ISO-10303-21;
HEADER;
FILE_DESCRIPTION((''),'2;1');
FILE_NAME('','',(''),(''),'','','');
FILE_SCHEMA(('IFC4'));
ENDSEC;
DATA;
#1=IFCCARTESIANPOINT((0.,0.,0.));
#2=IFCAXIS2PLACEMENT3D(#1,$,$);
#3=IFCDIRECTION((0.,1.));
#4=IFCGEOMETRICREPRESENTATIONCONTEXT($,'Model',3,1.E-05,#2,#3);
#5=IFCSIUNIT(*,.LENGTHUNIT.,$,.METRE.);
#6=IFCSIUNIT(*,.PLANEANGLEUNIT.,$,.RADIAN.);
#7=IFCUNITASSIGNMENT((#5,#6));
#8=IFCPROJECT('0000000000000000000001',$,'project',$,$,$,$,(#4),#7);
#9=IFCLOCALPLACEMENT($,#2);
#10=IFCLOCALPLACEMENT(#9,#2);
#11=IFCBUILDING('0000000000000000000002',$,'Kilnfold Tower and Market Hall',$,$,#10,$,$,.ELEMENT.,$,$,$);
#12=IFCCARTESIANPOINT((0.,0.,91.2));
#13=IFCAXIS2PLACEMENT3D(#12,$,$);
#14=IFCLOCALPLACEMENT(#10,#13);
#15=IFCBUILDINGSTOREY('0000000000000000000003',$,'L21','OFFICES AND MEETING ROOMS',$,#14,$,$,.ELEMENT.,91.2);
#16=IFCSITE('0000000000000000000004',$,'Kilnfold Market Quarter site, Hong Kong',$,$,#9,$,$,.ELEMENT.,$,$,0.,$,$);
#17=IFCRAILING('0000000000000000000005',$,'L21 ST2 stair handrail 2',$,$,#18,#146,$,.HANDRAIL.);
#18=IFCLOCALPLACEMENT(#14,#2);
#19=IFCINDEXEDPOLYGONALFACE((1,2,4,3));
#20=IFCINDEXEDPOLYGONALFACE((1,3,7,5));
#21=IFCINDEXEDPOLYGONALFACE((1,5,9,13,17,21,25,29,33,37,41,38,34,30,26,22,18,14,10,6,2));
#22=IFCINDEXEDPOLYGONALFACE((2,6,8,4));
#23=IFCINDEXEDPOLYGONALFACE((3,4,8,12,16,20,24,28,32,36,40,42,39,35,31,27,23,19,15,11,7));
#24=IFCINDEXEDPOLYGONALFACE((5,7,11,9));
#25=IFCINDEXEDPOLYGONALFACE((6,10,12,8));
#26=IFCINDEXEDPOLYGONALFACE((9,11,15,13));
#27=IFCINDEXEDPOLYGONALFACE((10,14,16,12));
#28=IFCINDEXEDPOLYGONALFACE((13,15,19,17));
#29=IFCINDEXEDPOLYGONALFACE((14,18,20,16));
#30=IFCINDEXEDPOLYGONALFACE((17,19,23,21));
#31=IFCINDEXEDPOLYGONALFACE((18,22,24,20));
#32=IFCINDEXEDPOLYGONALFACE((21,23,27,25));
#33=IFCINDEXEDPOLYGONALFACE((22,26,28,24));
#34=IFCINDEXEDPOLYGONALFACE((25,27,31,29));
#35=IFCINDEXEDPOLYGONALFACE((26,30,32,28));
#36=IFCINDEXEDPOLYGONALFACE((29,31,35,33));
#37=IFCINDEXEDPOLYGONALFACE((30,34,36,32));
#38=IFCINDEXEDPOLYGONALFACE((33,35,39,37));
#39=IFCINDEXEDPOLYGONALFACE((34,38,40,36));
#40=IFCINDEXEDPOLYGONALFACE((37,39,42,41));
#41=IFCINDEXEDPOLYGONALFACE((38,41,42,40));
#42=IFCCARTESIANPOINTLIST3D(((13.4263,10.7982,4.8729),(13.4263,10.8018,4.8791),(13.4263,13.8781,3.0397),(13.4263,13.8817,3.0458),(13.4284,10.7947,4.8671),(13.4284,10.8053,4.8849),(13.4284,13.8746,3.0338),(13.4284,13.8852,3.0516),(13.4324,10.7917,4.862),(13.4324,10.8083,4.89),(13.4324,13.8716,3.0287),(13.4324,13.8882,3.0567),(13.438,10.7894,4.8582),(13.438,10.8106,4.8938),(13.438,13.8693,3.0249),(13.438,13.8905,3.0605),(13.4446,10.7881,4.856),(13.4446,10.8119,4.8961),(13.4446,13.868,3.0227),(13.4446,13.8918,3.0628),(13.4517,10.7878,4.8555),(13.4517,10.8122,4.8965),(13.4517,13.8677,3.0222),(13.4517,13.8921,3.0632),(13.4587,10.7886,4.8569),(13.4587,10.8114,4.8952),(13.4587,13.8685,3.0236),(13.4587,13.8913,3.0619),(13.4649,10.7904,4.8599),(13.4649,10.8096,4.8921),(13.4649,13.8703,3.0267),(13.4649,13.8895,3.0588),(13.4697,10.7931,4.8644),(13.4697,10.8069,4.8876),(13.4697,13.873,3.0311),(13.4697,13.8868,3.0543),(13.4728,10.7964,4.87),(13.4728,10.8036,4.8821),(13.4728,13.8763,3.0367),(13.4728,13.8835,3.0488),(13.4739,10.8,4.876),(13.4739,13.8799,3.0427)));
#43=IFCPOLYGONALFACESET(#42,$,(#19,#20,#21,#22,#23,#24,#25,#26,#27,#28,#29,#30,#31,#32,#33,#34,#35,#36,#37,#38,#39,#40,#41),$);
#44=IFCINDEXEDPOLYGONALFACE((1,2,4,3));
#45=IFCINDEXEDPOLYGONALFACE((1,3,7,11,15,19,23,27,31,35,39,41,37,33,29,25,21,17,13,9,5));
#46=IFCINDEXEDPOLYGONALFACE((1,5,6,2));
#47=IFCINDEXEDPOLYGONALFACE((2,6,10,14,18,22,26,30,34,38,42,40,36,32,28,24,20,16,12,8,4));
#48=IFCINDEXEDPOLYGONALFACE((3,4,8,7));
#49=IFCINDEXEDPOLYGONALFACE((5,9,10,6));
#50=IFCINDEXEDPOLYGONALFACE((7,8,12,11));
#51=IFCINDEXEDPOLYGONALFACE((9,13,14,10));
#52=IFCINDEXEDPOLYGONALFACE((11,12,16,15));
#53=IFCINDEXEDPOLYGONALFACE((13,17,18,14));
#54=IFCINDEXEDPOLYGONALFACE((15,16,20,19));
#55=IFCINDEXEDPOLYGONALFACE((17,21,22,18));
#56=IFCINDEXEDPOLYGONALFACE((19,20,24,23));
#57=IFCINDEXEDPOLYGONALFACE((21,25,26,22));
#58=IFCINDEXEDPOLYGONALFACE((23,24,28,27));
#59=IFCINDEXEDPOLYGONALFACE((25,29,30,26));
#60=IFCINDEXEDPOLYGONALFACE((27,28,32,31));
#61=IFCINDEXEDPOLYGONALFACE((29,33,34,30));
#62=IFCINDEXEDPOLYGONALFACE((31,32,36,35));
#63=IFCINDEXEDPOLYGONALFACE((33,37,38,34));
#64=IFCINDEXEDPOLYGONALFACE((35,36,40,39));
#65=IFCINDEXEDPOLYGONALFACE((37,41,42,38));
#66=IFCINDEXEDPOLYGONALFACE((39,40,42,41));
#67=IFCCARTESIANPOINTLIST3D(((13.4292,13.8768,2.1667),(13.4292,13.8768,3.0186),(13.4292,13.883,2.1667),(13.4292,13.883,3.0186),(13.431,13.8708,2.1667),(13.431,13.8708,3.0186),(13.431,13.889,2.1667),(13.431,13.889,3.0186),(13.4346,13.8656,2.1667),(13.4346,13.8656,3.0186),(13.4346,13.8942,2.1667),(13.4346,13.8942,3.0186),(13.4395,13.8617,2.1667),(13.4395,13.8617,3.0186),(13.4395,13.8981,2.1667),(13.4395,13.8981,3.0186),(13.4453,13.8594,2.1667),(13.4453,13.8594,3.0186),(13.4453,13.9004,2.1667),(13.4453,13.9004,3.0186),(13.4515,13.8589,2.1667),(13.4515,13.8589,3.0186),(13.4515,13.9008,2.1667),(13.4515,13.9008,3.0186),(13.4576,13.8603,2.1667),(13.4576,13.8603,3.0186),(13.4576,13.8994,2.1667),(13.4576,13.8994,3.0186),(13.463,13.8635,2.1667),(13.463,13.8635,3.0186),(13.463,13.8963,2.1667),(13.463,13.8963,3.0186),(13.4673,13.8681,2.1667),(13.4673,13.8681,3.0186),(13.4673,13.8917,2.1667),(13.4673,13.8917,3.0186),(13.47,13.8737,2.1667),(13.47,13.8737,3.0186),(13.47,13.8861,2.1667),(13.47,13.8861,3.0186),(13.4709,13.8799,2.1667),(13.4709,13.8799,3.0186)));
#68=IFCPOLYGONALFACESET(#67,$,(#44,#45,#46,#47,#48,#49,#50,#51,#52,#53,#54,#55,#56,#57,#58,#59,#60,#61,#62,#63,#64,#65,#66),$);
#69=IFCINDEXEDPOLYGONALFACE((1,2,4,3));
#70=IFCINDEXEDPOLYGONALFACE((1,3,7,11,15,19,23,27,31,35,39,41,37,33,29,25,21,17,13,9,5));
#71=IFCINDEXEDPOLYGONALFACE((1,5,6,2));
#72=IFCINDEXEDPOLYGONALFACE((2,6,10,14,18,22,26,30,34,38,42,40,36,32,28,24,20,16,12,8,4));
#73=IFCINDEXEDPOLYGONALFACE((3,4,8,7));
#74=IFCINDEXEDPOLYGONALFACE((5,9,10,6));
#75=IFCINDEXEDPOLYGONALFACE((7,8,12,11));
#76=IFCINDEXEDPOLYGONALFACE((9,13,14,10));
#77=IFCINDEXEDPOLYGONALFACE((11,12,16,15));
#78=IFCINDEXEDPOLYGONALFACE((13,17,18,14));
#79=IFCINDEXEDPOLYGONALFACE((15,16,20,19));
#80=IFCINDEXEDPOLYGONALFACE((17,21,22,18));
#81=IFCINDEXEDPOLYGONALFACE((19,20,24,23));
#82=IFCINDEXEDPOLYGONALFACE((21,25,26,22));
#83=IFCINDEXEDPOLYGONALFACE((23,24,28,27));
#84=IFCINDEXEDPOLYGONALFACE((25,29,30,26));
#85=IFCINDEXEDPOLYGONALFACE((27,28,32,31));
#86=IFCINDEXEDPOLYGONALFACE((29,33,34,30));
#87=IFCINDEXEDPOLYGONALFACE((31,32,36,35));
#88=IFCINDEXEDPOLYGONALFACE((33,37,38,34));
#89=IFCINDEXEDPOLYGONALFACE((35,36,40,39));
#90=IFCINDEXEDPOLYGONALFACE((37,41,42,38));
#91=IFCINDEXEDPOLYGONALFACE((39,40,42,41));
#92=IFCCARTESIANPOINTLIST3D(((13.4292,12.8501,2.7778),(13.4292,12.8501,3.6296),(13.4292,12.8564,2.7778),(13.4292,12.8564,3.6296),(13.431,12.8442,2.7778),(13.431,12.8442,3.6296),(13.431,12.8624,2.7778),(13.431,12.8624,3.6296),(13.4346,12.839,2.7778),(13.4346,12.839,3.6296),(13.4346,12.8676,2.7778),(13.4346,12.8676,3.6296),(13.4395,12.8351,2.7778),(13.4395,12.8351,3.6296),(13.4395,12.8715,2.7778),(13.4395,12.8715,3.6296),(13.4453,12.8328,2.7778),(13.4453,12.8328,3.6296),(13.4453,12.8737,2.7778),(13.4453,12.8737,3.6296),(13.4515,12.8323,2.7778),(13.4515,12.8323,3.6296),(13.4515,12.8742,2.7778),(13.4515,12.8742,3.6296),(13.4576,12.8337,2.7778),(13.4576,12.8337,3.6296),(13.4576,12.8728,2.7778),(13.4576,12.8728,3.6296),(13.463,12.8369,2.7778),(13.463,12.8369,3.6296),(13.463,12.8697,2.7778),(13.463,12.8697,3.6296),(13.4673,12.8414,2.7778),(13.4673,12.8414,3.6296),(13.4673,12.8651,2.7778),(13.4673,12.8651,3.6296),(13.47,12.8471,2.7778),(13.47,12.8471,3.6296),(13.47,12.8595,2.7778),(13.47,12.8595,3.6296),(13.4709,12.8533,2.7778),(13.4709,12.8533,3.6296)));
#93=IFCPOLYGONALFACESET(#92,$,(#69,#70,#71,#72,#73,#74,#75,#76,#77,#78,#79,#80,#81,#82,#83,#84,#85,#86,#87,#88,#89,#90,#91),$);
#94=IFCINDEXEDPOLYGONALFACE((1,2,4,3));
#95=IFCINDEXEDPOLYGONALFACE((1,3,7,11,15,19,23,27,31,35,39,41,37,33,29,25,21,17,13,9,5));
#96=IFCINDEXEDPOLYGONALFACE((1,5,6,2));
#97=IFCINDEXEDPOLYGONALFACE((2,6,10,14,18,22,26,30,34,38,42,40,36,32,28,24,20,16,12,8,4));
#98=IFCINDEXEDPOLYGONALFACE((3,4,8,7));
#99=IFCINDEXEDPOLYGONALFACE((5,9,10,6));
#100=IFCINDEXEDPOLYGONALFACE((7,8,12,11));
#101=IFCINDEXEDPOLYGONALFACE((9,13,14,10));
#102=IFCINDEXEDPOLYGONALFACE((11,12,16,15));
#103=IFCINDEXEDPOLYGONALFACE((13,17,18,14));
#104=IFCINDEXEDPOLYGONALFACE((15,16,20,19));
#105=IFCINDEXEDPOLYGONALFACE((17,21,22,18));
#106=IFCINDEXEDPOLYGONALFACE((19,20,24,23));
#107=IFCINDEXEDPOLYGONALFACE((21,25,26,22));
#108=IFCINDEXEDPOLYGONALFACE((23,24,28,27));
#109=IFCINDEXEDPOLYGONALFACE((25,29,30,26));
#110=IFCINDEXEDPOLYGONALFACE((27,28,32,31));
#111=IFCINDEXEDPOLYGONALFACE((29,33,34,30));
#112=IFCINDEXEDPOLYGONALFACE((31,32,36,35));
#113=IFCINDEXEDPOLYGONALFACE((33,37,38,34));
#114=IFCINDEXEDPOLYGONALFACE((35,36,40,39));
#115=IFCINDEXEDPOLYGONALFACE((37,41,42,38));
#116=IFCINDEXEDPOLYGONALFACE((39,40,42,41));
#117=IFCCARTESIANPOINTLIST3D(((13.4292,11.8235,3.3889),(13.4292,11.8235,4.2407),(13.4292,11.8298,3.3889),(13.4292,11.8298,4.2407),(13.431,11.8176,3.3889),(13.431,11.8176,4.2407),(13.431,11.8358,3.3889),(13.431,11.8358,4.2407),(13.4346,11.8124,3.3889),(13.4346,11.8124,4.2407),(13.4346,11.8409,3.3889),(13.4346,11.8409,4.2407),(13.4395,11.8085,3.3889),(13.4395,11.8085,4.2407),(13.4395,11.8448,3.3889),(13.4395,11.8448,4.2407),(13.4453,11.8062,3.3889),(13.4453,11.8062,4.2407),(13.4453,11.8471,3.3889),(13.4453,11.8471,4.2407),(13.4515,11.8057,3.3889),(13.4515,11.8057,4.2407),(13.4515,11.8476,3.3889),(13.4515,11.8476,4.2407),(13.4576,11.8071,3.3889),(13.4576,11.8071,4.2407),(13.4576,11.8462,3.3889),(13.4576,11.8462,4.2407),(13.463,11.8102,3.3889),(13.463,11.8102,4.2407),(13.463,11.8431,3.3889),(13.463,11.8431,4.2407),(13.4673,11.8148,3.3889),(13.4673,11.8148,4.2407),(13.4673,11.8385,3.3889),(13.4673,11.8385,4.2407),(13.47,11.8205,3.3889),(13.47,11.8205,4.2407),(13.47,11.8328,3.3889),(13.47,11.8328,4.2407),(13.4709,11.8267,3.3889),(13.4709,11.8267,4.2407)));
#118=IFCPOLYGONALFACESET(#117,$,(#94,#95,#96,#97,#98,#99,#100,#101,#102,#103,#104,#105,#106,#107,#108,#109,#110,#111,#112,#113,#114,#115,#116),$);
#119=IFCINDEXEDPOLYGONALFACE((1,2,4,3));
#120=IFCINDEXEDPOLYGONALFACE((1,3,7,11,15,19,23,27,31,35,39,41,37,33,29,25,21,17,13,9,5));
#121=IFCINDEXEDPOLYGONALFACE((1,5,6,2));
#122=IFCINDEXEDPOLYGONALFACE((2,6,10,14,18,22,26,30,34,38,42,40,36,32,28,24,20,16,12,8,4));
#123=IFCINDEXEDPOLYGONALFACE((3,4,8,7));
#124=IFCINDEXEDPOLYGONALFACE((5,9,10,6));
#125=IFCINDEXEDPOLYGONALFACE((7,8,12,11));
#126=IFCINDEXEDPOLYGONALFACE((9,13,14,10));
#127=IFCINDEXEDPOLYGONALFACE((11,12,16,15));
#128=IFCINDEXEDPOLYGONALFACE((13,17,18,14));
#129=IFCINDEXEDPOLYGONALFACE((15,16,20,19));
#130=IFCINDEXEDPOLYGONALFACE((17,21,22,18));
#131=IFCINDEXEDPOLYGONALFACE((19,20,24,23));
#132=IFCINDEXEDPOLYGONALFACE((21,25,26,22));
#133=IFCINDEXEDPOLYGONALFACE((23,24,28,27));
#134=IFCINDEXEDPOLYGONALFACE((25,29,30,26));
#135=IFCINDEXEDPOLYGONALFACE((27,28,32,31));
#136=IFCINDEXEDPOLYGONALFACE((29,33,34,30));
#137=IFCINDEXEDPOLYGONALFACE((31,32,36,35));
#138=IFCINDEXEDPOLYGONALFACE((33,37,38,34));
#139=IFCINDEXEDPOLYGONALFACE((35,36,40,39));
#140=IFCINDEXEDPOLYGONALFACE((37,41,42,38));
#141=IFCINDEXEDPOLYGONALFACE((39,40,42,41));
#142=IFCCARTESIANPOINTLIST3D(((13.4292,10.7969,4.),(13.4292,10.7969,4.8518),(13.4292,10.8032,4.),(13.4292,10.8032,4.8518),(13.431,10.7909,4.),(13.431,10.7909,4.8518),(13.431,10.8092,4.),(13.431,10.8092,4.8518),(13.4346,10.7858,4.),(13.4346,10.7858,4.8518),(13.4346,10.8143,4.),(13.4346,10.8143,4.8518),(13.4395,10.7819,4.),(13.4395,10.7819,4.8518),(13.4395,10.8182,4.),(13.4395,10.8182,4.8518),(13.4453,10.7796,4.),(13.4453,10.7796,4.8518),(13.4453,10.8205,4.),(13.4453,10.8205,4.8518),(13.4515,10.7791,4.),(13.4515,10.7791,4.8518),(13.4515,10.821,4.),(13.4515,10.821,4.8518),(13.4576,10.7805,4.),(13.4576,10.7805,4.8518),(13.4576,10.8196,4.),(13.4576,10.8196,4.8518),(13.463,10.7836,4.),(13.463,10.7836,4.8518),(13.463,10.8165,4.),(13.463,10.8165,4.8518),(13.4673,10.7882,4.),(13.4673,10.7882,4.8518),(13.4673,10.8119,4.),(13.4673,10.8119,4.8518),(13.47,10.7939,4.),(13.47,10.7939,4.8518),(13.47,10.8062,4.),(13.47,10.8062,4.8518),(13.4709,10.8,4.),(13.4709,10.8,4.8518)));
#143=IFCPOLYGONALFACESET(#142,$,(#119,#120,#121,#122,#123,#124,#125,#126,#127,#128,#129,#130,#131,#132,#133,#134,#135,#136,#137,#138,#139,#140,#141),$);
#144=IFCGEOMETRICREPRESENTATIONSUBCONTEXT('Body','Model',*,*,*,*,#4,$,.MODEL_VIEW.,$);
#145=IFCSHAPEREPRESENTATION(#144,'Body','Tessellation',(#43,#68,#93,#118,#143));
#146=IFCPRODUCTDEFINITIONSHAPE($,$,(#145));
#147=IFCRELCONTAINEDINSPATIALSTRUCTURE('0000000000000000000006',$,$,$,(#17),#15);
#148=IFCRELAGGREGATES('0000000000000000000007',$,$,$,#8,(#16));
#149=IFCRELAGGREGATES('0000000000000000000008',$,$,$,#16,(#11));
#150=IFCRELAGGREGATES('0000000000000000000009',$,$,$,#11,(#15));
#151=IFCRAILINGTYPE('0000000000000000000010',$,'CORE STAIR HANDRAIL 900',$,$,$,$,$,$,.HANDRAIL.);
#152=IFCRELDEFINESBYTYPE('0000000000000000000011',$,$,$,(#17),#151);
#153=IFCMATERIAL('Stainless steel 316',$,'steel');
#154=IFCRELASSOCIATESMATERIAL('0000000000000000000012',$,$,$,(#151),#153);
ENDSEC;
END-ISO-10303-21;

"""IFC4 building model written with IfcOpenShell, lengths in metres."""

from ifc_helpers import new_model, si_unit, direction, frame, origin, origin_2d, place, context, subcontext, project, spatial, circle, extrude, material, type_object, element, save


model = new_model("IFC4")

# Units and contexts
model_context = context("Model", 3, precision=1e-05, world=origin(), true_north=direction((0.0, 1.0)))
body_context = subcontext(model_context, "Body", "Model", "MODEL_VIEW")
ifc_project = project(units=[si_unit("LENGTHUNIT", "METRE"), si_unit("PLANEANGLEUNIT", "RADIAN")], contexts=[model_context])

# Site, building, storey
site_placement = place(None, origin())
site = spatial("IfcSite", under=ifc_project, at=site_placement, Name="Kilnfold Market Quarter site, Hong Kong", CompositionType="ELEMENT", RefElevation=0.0)
building_placement = place(site_placement, origin())
building = spatial("IfcBuilding", under=site, at=building_placement, Name="Kilnfold Tower and Market Hall", CompositionType="ELEMENT")
storey_placement = place(building_placement, frame((0.0, 0.0, 91.2)))
storey = spatial("IfcBuildingStorey", under=building, at=storey_placement, Name="L21", Description="OFFICES AND MEETING ROOMS", CompositionType="ELEMENT", Elevation=91.2)

# Railing
ifc_material_1 = material(Name="Stainless steel 316", Category="steel")
railing_type_1 = type_object("IfcRailingType", Name="CORE STAIR HANDRAIL 900", PredefinedType="HANDRAIL", material=ifc_material_1)
railing_1_placement = place(storey_placement, frame((13.45, 13.8799, 2.1667)))
element("IfcRailing", 1, at=railing_1_placement, inside=storey, type_object=railing_type_1, Name="L21 ST2 stair handrail 2", PredefinedType="HANDRAIL", context=body_context, shape_type="SweptSolid", body=[
    extrude(circle(Radius=0.0239, at=origin_2d()), frame((0.0, 0.0, 0.876), z_axis=(0.0, -0.859291, 0.511487), x_axis=(1.0, 0.0, 0.0)), (0.0, 0.0, 1.0), 3.5842),
    extrude(circle(Radius=0.021, at=origin_2d()), origin(), (0.0, 0.0, 1.0), 0.8518),
    extrude(circle(Radius=0.021, at=origin_2d()), frame((0.0, -1.0266, 0.6111)), (0.0, 0.0, 1.0), 0.8518),
    extrude(circle(Radius=0.021, at=origin_2d()), frame((0.0, -2.0532, 1.2222)), (0.0, 0.0, 1.0), 0.8518),
    extrude(circle(Radius=0.021, at=origin_2d()), frame((0.0, -3.0798, 1.8333)), (0.0, 0.0, 1.0), 0.8518),
])

save(model, "model.ifc")
